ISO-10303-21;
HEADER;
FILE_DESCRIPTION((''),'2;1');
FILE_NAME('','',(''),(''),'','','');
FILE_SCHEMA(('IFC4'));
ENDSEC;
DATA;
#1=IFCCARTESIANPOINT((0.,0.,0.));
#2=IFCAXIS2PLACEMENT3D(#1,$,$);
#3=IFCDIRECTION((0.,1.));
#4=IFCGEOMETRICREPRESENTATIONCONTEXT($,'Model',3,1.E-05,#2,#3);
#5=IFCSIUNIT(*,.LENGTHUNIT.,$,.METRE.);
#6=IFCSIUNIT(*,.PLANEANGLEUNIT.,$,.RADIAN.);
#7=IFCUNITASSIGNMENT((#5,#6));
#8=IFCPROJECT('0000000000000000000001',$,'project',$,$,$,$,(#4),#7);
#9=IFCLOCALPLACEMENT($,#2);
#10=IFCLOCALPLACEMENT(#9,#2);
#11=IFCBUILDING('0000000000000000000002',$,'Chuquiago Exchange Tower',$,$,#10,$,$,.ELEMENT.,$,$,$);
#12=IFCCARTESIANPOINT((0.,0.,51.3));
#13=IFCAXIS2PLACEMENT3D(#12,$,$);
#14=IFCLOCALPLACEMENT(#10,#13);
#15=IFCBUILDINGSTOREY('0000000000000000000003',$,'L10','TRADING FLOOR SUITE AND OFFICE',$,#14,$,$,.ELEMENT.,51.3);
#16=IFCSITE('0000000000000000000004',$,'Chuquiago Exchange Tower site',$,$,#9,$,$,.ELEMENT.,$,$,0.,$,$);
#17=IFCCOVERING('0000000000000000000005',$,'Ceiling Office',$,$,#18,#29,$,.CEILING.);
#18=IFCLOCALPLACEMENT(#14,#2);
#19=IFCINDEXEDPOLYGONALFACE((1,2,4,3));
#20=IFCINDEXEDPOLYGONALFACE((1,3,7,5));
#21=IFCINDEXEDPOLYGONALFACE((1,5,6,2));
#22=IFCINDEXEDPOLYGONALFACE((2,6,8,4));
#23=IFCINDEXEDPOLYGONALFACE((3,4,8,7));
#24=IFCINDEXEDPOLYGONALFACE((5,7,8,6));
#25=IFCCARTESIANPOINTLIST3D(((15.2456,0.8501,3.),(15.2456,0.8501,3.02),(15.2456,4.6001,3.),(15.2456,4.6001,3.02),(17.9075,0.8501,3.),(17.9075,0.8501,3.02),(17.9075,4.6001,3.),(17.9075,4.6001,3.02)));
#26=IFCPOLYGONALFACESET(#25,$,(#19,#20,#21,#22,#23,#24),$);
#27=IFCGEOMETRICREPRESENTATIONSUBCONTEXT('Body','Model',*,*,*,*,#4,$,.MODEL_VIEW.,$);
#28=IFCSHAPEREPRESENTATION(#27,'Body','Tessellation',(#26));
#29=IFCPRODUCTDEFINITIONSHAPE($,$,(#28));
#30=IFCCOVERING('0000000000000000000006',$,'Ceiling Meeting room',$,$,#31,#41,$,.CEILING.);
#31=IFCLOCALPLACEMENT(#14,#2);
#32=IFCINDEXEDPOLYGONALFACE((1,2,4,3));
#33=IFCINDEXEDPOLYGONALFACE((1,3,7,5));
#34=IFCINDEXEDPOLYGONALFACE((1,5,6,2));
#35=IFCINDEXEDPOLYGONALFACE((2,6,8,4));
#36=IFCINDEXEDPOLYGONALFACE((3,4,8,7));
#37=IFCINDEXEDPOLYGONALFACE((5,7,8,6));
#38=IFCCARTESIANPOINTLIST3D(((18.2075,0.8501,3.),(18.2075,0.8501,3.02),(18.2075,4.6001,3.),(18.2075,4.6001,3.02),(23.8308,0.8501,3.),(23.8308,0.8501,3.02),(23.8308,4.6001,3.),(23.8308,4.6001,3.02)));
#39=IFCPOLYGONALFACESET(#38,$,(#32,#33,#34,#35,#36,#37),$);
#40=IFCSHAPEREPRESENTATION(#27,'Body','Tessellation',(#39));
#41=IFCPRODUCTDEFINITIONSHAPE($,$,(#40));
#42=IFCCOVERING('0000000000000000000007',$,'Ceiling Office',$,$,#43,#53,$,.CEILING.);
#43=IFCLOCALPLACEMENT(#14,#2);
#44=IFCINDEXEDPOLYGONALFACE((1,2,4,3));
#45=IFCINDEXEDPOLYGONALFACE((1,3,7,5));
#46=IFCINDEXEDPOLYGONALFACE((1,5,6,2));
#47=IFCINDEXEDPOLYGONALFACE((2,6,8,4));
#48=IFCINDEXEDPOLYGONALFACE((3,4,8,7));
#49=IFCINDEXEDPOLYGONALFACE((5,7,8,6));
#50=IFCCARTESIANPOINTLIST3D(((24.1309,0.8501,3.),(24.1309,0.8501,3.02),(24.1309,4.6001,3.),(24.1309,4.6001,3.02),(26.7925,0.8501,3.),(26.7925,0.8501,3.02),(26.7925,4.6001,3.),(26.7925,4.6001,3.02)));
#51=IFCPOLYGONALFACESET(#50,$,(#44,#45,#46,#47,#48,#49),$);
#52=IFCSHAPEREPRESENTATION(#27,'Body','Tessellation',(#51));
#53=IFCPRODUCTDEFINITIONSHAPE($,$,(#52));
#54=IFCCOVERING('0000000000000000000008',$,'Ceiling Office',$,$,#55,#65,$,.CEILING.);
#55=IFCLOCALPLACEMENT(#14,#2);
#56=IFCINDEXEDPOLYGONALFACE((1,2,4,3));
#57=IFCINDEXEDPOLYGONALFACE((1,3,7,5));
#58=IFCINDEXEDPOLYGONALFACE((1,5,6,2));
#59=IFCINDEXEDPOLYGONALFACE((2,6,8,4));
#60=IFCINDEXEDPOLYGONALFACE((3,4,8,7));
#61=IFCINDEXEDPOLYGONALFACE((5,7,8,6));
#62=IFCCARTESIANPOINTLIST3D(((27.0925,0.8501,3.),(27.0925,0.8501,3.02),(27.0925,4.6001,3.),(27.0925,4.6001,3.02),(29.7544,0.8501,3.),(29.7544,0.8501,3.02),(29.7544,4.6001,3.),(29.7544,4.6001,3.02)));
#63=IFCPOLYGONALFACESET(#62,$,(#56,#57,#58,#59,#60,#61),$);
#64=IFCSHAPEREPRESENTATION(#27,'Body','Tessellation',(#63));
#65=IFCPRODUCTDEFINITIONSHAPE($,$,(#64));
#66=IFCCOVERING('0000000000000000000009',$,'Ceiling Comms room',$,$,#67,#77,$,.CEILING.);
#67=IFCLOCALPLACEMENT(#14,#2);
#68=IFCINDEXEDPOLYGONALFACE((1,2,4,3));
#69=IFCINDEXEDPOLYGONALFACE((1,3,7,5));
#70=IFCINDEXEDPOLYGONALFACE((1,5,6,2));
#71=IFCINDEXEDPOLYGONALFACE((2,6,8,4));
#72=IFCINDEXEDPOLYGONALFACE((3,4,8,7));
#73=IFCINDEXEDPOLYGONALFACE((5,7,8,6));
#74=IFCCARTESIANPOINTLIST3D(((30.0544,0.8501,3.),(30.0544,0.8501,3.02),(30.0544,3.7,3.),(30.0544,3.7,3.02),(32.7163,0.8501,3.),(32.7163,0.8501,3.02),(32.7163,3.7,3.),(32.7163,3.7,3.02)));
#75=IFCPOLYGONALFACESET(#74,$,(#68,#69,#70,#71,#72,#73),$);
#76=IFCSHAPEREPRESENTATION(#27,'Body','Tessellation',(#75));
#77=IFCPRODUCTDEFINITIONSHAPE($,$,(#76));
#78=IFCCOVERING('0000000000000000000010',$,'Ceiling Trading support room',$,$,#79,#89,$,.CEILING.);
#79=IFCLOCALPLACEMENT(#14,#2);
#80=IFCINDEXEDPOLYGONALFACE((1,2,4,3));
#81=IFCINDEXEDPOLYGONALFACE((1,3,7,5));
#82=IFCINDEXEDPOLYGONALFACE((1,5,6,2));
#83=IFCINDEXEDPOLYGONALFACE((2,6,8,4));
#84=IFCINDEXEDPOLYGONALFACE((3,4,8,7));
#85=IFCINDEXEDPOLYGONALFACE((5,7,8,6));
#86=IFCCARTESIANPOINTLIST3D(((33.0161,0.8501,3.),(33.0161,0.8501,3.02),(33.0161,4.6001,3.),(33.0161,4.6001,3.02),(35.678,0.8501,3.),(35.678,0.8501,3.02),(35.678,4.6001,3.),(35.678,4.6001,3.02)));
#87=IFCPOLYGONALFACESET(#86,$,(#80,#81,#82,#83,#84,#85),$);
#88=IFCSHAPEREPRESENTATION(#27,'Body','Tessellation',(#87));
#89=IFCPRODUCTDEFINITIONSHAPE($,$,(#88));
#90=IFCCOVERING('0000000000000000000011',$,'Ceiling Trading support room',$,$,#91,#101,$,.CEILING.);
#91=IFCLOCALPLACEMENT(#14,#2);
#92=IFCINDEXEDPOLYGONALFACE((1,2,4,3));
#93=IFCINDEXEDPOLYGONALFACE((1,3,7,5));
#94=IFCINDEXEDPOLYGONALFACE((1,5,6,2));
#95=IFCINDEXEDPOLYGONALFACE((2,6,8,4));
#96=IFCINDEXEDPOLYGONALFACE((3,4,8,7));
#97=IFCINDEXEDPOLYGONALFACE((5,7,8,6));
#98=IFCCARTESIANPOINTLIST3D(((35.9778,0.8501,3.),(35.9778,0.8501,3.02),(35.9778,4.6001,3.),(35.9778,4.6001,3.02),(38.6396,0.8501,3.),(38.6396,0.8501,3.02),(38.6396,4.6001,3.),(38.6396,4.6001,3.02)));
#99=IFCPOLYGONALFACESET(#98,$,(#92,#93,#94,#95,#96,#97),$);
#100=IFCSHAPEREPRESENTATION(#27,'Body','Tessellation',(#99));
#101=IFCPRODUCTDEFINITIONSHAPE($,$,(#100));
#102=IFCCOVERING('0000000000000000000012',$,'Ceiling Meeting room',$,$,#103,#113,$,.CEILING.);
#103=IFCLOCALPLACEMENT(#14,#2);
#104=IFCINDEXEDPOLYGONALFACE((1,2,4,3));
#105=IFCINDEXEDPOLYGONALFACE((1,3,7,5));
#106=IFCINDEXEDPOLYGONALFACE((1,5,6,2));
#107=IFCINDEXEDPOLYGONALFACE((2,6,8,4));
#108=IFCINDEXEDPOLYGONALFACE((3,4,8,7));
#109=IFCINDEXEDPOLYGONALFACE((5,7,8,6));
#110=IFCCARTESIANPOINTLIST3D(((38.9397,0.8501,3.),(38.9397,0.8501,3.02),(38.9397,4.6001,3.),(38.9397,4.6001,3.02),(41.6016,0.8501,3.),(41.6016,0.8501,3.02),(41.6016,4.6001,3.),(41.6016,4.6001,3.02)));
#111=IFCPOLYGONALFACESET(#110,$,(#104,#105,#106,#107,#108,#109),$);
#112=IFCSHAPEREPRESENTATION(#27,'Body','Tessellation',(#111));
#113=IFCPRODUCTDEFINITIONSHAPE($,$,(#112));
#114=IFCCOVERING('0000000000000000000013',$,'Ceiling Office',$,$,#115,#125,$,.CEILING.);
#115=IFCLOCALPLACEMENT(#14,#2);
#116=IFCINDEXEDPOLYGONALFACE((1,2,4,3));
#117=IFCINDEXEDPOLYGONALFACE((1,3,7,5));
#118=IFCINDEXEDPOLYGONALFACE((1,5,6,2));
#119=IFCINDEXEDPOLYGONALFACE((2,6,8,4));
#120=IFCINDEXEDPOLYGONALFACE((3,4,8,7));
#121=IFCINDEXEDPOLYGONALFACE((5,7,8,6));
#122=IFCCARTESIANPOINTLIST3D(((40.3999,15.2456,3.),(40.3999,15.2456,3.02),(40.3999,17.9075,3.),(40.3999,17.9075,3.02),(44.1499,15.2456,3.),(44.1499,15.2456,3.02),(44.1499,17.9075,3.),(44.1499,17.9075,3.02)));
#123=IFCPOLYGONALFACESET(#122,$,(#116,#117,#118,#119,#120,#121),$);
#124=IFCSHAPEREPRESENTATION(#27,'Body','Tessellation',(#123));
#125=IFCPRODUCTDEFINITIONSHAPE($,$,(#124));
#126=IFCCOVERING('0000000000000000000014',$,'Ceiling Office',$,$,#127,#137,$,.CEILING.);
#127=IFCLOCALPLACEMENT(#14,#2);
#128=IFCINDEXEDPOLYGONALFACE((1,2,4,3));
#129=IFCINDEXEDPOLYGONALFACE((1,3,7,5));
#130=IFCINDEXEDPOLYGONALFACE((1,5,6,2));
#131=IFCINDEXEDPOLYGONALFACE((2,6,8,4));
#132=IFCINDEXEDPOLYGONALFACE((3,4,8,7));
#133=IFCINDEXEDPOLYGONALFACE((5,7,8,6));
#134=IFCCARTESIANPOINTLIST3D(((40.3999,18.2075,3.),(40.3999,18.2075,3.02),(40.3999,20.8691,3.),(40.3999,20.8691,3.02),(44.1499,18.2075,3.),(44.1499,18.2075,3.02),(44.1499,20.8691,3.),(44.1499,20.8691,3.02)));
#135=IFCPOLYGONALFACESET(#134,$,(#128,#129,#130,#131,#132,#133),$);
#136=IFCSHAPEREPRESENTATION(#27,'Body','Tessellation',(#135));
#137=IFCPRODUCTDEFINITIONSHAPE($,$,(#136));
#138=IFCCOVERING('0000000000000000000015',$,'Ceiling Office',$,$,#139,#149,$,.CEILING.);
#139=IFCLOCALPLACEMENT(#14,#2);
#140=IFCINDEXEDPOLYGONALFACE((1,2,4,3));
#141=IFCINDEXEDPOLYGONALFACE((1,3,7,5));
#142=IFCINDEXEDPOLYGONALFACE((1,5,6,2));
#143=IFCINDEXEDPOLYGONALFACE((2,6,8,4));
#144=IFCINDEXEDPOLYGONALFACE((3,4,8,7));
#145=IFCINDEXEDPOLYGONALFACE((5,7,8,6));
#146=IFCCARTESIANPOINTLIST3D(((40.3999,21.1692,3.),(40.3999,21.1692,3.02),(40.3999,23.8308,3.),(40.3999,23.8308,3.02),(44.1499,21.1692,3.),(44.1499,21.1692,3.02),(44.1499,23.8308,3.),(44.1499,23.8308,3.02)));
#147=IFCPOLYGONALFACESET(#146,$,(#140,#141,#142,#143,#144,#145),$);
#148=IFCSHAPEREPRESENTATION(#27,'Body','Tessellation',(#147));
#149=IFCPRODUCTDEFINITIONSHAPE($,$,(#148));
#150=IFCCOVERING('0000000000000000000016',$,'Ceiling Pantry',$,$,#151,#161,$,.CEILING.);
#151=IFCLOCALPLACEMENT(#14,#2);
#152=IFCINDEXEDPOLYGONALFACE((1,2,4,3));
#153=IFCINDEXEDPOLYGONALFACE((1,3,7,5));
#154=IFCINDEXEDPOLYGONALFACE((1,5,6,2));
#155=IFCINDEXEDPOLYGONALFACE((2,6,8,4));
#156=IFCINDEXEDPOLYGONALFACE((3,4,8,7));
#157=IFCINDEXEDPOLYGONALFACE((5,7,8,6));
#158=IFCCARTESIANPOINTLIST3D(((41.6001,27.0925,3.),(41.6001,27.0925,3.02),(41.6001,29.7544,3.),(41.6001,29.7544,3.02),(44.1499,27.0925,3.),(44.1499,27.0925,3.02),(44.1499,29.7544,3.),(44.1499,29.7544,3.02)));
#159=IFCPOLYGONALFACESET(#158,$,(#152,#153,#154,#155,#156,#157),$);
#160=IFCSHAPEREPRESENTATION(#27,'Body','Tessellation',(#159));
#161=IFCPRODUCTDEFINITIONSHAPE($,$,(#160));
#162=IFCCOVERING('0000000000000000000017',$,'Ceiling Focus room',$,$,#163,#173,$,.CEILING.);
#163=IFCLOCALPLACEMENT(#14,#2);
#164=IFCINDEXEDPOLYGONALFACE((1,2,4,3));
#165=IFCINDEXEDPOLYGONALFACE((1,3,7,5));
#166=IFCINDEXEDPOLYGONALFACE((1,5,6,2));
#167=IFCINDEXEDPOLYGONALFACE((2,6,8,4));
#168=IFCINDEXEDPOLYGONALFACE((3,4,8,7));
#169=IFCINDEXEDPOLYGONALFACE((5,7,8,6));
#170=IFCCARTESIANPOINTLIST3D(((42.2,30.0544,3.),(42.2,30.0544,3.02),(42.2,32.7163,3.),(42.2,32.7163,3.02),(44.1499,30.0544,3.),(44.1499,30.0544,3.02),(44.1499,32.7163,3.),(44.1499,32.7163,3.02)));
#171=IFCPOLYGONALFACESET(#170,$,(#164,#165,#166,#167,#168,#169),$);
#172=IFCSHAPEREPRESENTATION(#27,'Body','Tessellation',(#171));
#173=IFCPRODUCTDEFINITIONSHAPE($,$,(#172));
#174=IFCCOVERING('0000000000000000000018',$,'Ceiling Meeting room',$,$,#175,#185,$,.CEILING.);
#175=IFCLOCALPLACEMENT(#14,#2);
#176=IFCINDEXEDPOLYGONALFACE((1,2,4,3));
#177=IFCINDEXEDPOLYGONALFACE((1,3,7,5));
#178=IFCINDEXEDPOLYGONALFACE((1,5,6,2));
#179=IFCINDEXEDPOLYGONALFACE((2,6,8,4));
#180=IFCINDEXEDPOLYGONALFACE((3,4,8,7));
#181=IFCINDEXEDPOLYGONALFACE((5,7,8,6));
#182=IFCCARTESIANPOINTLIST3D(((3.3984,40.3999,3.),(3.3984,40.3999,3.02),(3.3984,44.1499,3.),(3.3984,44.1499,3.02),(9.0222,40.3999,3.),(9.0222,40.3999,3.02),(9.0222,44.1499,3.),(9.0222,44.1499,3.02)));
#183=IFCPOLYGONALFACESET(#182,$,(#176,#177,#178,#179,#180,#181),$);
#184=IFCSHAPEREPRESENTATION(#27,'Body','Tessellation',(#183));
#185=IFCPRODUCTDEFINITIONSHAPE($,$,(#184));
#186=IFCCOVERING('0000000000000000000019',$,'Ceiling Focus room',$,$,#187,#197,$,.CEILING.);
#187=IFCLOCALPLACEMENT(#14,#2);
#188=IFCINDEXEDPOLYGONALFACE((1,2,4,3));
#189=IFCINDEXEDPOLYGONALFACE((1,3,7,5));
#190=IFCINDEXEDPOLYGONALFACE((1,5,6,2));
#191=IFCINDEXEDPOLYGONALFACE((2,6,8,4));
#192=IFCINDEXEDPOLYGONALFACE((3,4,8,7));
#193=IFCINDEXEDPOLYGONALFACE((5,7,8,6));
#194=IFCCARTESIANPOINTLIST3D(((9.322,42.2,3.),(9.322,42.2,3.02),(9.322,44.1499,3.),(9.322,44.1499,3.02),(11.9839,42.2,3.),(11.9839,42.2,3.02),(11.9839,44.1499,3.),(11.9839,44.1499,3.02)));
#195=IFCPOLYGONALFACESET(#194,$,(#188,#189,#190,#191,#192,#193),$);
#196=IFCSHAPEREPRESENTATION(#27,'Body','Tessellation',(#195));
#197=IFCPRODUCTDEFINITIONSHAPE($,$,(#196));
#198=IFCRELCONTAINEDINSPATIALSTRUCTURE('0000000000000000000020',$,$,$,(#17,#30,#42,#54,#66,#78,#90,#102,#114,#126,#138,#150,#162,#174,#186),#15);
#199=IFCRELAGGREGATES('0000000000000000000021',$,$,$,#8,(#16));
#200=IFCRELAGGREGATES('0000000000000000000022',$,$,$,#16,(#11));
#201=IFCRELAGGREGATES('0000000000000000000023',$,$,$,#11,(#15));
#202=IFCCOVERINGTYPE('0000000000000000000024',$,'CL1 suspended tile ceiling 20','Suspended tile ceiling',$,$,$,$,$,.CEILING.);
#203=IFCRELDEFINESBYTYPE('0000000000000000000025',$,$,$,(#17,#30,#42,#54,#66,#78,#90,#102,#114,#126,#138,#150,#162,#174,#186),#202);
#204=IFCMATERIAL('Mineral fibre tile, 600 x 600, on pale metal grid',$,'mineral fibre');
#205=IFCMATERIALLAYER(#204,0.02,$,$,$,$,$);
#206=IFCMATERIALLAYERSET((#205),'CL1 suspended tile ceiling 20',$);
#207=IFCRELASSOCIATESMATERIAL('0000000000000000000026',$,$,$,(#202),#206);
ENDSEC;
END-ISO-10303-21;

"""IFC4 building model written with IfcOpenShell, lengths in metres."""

from ifc_helpers import new_model, si_unit, direction, frame, origin, place, context, subcontext, project, spatial, polyline, outline, extrude, material, layer, layer_set, type_object, element, save


model = new_model("IFC4")

# Units and contexts
model_context = context("Model", 3, precision=1e-05, world=origin(), true_north=direction((0.0, 1.0)))
body_context = subcontext(model_context, "Body", "Model", "MODEL_VIEW")
ifc_project = project(units=[si_unit("LENGTHUNIT", "METRE"), si_unit("PLANEANGLEUNIT", "RADIAN")], contexts=[model_context])

# Site, building, storey
site_placement = place(None, origin())
site = spatial("IfcSite", under=ifc_project, at=site_placement, Name="Chuquiago Exchange Tower site", CompositionType="ELEMENT", RefElevation=0.0)
building_placement = place(site_placement, origin())
building = spatial("IfcBuilding", under=site, at=building_placement, Name="Chuquiago Exchange Tower", CompositionType="ELEMENT")
storey_placement = place(building_placement, frame((0.0, 0.0, 51.3)))
storey = spatial("IfcBuildingStorey", under=building, at=storey_placement, Name="L10", Description="TRADING FLOOR SUITE AND OFFICE", CompositionType="ELEMENT", Elevation=51.3)

# Coverings
ifc_material_1 = material(Name="Mineral fibre tile, 600 x 600, on pale metal grid", Category="mineral fibre")
ifc_layer_1 = layer(ifc_material_1, 0.02)
ifc_layer_set_1 = layer_set([ifc_layer_1], Name="CL1 suspended tile ceiling 20")
covering_type_1 = type_object("IfcCoveringType", Name="CL1 suspended tile ceiling 20", Description="Suspended tile ceiling", PredefinedType="CEILING", material=ifc_layer_set_1)
covering_1_placement = place(storey_placement, frame((0.0, 0.0, 3.0)))
element("IfcCovering", 1, at=covering_1_placement, inside=storey, type_object=covering_type_1, Name="Ceiling Office", PredefinedType="CEILING", context=body_context, shape_type="SweptSolid", body=[
    extrude(outline(polyline([(15.2456, 4.6001), (17.9075, 4.6001), (17.9075, 0.8501), (15.2456, 0.8501), (15.2456, 4.6001)])), origin(), (0.0, 0.0, 1.0), 0.02),
])
covering_2_placement = place(storey_placement, frame((0.0, 0.0, 3.0)))
element("IfcCovering", 2, at=covering_2_placement, inside=storey, type_object=covering_type_1, Name="Ceiling Meeting room", PredefinedType="CEILING", context=body_context, shape_type="SweptSolid", body=[
    extrude(outline(polyline([(18.2075, 4.6001), (23.8308, 4.6001), (23.8308, 0.8501), (18.2075, 0.8501), (18.2075, 4.6001)])), origin(), (0.0, 0.0, 1.0), 0.02),
])
covering_3_placement = place(storey_placement, frame((0.0, 0.0, 3.0)))
element("IfcCovering", 3, at=covering_3_placement, inside=storey, type_object=covering_type_1, Name="Ceiling Office", PredefinedType="CEILING", context=body_context, shape_type="SweptSolid", body=[
    extrude(outline(polyline([(24.1309, 4.6001), (26.7925, 4.6001), (26.7925, 0.8501), (24.1309, 0.8501), (24.1309, 4.6001)])), origin(), (0.0, 0.0, 1.0), 0.02),
])
covering_4_placement = place(storey_placement, frame((0.0, 0.0, 3.0)))
element("IfcCovering", 4, at=covering_4_placement, inside=storey, type_object=covering_type_1, Name="Ceiling Office", PredefinedType="CEILING", context=body_context, shape_type="SweptSolid", body=[
    extrude(outline(polyline([(27.0925, 4.6001), (29.7544, 4.6001), (29.7544, 0.8501), (27.0925, 0.8501), (27.0925, 4.6001)])), origin(), (0.0, 0.0, 1.0), 0.02),
])
covering_5_placement = place(storey_placement, frame((0.0, 0.0, 3.0)))
element("IfcCovering", 5, at=covering_5_placement, inside=storey, type_object=covering_type_1, Name="Ceiling Comms room", PredefinedType="CEILING", context=body_context, shape_type="SweptSolid", body=[
    extrude(outline(polyline([(30.0544, 3.7), (32.7163, 3.7), (32.7163, 0.8501), (30.0544, 0.8501), (30.0544, 3.7)])), origin(), (0.0, 0.0, 1.0), 0.02),
])
covering_6_placement = place(storey_placement, frame((0.0, 0.0, 3.0)))
element("IfcCovering", 6, at=covering_6_placement, inside=storey, type_object=covering_type_1, Name="Ceiling Trading support room", PredefinedType="CEILING", context=body_context, shape_type="SweptSolid", body=[
    extrude(outline(polyline([(33.0161, 4.6001), (35.678, 4.6001), (35.678, 0.8501), (33.0161, 0.8501), (33.0161, 4.6001)])), origin(), (0.0, 0.0, 1.0), 0.02),
])
covering_7_placement = place(storey_placement, frame((0.0, 0.0, 3.0)))
element("IfcCovering", 7, at=covering_7_placement, inside=storey, type_object=covering_type_1, Name="Ceiling Trading support room", PredefinedType="CEILING", context=body_context, shape_type="SweptSolid", body=[
    extrude(outline(polyline([(35.9778, 4.6001), (38.6396, 4.6001), (38.6396, 0.8501), (35.9778, 0.8501), (35.9778, 4.6001)])), origin(), (0.0, 0.0, 1.0), 0.02),
])
covering_8_placement = place(storey_placement, frame((0.0, 0.0, 3.0)))
element("IfcCovering", 8, at=covering_8_placement, inside=storey, type_object=covering_type_1, Name="Ceiling Meeting room", PredefinedType="CEILING", context=body_context, shape_type="SweptSolid", body=[
    extrude(outline(polyline([(38.9397, 0.8501), (38.9397, 4.6001), (41.6016, 4.6001), (41.6016, 0.8501), (38.9397, 0.8501)])), origin(), (0.0, 0.0, 1.0), 0.02),
])
covering_9_placement = place(storey_placement, frame((0.0, 0.0, 3.0)))
element("IfcCovering", 9, at=covering_9_placement, inside=storey, type_object=covering_type_1, Name="Ceiling Office", PredefinedType="CEILING", context=body_context, shape_type="SweptSolid", body=[
    extrude(outline(polyline([(40.3999, 15.2456), (40.3999, 17.9075), (44.1499, 17.9075), (44.1499, 15.2456), (40.3999, 15.2456)])), origin(), (0.0, 0.0, 1.0), 0.02),
])
covering_10_placement = place(storey_placement, frame((0.0, 0.0, 3.0)))
element("IfcCovering", 10, at=covering_10_placement, inside=storey, type_object=covering_type_1, Name="Ceiling Office", PredefinedType="CEILING", context=body_context, shape_type="SweptSolid", body=[
    extrude(outline(polyline([(40.3999, 18.2075), (40.3999, 20.8691), (44.1499, 20.8691), (44.1499, 18.2075), (40.3999, 18.2075)])), origin(), (0.0, 0.0, 1.0), 0.02),
])
covering_11_placement = place(storey_placement, frame((0.0, 0.0, 3.0)))
element("IfcCovering", 11, at=covering_11_placement, inside=storey, type_object=covering_type_1, Name="Ceiling Office", PredefinedType="CEILING", context=body_context, shape_type="SweptSolid", body=[
    extrude(outline(polyline([(40.3999, 21.1692), (40.3999, 23.8308), (44.1499, 23.8308), (44.1499, 21.1692), (40.3999, 21.1692)])), origin(), (0.0, 0.0, 1.0), 0.02),
])
covering_12_placement = place(storey_placement, frame((0.0, 0.0, 3.0)))
element("IfcCovering", 12, at=covering_12_placement, inside=storey, type_object=covering_type_1, Name="Ceiling Pantry", PredefinedType="CEILING", context=body_context, shape_type="SweptSolid", body=[
    extrude(outline(polyline([(41.6001, 27.0925), (41.6001, 29.7544), (44.1499, 29.7544), (44.1499, 27.0925), (41.6001, 27.0925)])), origin(), (0.0, 0.0, 1.0), 0.02),
])
covering_13_placement = place(storey_placement, frame((0.0, 0.0, 3.0)))
element("IfcCovering", 13, at=covering_13_placement, inside=storey, type_object=covering_type_1, Name="Ceiling Focus room", PredefinedType="CEILING", context=body_context, shape_type="SweptSolid", body=[
    extrude(outline(polyline([(42.2, 30.0544), (42.2, 32.7163), (44.1499, 32.7163), (44.1499, 30.0544), (42.2, 30.0544)])), origin(), (0.0, 0.0, 1.0), 0.02),
])
covering_14_placement = place(storey_placement, frame((0.0, 0.0, 3.0)))
element("IfcCovering", 14, at=covering_14_placement, inside=storey, type_object=covering_type_1, Name="Ceiling Meeting room", PredefinedType="CEILING", context=body_context, shape_type="SweptSolid", body=[
    extrude(outline(polyline([(9.0222, 44.1499), (9.0222, 40.3999), (3.3984, 40.3999), (3.3984, 44.1499), (9.0222, 44.1499)])), origin(), (0.0, 0.0, 1.0), 0.02),
])
covering_15_placement = place(storey_placement, frame((0.0, 0.0, 3.0)))
element("IfcCovering", 15, at=covering_15_placement, inside=storey, type_object=covering_type_1, Name="Ceiling Focus room", PredefinedType="CEILING", context=body_context, shape_type="SweptSolid", body=[
    extrude(outline(polyline([(11.9839, 42.2), (9.322, 42.2), (9.322, 44.1499), (11.9839, 44.1499), (11.9839, 42.2)])), origin(), (0.0, 0.0, 1.0), 0.02),
])

save(model, "model.ifc")
